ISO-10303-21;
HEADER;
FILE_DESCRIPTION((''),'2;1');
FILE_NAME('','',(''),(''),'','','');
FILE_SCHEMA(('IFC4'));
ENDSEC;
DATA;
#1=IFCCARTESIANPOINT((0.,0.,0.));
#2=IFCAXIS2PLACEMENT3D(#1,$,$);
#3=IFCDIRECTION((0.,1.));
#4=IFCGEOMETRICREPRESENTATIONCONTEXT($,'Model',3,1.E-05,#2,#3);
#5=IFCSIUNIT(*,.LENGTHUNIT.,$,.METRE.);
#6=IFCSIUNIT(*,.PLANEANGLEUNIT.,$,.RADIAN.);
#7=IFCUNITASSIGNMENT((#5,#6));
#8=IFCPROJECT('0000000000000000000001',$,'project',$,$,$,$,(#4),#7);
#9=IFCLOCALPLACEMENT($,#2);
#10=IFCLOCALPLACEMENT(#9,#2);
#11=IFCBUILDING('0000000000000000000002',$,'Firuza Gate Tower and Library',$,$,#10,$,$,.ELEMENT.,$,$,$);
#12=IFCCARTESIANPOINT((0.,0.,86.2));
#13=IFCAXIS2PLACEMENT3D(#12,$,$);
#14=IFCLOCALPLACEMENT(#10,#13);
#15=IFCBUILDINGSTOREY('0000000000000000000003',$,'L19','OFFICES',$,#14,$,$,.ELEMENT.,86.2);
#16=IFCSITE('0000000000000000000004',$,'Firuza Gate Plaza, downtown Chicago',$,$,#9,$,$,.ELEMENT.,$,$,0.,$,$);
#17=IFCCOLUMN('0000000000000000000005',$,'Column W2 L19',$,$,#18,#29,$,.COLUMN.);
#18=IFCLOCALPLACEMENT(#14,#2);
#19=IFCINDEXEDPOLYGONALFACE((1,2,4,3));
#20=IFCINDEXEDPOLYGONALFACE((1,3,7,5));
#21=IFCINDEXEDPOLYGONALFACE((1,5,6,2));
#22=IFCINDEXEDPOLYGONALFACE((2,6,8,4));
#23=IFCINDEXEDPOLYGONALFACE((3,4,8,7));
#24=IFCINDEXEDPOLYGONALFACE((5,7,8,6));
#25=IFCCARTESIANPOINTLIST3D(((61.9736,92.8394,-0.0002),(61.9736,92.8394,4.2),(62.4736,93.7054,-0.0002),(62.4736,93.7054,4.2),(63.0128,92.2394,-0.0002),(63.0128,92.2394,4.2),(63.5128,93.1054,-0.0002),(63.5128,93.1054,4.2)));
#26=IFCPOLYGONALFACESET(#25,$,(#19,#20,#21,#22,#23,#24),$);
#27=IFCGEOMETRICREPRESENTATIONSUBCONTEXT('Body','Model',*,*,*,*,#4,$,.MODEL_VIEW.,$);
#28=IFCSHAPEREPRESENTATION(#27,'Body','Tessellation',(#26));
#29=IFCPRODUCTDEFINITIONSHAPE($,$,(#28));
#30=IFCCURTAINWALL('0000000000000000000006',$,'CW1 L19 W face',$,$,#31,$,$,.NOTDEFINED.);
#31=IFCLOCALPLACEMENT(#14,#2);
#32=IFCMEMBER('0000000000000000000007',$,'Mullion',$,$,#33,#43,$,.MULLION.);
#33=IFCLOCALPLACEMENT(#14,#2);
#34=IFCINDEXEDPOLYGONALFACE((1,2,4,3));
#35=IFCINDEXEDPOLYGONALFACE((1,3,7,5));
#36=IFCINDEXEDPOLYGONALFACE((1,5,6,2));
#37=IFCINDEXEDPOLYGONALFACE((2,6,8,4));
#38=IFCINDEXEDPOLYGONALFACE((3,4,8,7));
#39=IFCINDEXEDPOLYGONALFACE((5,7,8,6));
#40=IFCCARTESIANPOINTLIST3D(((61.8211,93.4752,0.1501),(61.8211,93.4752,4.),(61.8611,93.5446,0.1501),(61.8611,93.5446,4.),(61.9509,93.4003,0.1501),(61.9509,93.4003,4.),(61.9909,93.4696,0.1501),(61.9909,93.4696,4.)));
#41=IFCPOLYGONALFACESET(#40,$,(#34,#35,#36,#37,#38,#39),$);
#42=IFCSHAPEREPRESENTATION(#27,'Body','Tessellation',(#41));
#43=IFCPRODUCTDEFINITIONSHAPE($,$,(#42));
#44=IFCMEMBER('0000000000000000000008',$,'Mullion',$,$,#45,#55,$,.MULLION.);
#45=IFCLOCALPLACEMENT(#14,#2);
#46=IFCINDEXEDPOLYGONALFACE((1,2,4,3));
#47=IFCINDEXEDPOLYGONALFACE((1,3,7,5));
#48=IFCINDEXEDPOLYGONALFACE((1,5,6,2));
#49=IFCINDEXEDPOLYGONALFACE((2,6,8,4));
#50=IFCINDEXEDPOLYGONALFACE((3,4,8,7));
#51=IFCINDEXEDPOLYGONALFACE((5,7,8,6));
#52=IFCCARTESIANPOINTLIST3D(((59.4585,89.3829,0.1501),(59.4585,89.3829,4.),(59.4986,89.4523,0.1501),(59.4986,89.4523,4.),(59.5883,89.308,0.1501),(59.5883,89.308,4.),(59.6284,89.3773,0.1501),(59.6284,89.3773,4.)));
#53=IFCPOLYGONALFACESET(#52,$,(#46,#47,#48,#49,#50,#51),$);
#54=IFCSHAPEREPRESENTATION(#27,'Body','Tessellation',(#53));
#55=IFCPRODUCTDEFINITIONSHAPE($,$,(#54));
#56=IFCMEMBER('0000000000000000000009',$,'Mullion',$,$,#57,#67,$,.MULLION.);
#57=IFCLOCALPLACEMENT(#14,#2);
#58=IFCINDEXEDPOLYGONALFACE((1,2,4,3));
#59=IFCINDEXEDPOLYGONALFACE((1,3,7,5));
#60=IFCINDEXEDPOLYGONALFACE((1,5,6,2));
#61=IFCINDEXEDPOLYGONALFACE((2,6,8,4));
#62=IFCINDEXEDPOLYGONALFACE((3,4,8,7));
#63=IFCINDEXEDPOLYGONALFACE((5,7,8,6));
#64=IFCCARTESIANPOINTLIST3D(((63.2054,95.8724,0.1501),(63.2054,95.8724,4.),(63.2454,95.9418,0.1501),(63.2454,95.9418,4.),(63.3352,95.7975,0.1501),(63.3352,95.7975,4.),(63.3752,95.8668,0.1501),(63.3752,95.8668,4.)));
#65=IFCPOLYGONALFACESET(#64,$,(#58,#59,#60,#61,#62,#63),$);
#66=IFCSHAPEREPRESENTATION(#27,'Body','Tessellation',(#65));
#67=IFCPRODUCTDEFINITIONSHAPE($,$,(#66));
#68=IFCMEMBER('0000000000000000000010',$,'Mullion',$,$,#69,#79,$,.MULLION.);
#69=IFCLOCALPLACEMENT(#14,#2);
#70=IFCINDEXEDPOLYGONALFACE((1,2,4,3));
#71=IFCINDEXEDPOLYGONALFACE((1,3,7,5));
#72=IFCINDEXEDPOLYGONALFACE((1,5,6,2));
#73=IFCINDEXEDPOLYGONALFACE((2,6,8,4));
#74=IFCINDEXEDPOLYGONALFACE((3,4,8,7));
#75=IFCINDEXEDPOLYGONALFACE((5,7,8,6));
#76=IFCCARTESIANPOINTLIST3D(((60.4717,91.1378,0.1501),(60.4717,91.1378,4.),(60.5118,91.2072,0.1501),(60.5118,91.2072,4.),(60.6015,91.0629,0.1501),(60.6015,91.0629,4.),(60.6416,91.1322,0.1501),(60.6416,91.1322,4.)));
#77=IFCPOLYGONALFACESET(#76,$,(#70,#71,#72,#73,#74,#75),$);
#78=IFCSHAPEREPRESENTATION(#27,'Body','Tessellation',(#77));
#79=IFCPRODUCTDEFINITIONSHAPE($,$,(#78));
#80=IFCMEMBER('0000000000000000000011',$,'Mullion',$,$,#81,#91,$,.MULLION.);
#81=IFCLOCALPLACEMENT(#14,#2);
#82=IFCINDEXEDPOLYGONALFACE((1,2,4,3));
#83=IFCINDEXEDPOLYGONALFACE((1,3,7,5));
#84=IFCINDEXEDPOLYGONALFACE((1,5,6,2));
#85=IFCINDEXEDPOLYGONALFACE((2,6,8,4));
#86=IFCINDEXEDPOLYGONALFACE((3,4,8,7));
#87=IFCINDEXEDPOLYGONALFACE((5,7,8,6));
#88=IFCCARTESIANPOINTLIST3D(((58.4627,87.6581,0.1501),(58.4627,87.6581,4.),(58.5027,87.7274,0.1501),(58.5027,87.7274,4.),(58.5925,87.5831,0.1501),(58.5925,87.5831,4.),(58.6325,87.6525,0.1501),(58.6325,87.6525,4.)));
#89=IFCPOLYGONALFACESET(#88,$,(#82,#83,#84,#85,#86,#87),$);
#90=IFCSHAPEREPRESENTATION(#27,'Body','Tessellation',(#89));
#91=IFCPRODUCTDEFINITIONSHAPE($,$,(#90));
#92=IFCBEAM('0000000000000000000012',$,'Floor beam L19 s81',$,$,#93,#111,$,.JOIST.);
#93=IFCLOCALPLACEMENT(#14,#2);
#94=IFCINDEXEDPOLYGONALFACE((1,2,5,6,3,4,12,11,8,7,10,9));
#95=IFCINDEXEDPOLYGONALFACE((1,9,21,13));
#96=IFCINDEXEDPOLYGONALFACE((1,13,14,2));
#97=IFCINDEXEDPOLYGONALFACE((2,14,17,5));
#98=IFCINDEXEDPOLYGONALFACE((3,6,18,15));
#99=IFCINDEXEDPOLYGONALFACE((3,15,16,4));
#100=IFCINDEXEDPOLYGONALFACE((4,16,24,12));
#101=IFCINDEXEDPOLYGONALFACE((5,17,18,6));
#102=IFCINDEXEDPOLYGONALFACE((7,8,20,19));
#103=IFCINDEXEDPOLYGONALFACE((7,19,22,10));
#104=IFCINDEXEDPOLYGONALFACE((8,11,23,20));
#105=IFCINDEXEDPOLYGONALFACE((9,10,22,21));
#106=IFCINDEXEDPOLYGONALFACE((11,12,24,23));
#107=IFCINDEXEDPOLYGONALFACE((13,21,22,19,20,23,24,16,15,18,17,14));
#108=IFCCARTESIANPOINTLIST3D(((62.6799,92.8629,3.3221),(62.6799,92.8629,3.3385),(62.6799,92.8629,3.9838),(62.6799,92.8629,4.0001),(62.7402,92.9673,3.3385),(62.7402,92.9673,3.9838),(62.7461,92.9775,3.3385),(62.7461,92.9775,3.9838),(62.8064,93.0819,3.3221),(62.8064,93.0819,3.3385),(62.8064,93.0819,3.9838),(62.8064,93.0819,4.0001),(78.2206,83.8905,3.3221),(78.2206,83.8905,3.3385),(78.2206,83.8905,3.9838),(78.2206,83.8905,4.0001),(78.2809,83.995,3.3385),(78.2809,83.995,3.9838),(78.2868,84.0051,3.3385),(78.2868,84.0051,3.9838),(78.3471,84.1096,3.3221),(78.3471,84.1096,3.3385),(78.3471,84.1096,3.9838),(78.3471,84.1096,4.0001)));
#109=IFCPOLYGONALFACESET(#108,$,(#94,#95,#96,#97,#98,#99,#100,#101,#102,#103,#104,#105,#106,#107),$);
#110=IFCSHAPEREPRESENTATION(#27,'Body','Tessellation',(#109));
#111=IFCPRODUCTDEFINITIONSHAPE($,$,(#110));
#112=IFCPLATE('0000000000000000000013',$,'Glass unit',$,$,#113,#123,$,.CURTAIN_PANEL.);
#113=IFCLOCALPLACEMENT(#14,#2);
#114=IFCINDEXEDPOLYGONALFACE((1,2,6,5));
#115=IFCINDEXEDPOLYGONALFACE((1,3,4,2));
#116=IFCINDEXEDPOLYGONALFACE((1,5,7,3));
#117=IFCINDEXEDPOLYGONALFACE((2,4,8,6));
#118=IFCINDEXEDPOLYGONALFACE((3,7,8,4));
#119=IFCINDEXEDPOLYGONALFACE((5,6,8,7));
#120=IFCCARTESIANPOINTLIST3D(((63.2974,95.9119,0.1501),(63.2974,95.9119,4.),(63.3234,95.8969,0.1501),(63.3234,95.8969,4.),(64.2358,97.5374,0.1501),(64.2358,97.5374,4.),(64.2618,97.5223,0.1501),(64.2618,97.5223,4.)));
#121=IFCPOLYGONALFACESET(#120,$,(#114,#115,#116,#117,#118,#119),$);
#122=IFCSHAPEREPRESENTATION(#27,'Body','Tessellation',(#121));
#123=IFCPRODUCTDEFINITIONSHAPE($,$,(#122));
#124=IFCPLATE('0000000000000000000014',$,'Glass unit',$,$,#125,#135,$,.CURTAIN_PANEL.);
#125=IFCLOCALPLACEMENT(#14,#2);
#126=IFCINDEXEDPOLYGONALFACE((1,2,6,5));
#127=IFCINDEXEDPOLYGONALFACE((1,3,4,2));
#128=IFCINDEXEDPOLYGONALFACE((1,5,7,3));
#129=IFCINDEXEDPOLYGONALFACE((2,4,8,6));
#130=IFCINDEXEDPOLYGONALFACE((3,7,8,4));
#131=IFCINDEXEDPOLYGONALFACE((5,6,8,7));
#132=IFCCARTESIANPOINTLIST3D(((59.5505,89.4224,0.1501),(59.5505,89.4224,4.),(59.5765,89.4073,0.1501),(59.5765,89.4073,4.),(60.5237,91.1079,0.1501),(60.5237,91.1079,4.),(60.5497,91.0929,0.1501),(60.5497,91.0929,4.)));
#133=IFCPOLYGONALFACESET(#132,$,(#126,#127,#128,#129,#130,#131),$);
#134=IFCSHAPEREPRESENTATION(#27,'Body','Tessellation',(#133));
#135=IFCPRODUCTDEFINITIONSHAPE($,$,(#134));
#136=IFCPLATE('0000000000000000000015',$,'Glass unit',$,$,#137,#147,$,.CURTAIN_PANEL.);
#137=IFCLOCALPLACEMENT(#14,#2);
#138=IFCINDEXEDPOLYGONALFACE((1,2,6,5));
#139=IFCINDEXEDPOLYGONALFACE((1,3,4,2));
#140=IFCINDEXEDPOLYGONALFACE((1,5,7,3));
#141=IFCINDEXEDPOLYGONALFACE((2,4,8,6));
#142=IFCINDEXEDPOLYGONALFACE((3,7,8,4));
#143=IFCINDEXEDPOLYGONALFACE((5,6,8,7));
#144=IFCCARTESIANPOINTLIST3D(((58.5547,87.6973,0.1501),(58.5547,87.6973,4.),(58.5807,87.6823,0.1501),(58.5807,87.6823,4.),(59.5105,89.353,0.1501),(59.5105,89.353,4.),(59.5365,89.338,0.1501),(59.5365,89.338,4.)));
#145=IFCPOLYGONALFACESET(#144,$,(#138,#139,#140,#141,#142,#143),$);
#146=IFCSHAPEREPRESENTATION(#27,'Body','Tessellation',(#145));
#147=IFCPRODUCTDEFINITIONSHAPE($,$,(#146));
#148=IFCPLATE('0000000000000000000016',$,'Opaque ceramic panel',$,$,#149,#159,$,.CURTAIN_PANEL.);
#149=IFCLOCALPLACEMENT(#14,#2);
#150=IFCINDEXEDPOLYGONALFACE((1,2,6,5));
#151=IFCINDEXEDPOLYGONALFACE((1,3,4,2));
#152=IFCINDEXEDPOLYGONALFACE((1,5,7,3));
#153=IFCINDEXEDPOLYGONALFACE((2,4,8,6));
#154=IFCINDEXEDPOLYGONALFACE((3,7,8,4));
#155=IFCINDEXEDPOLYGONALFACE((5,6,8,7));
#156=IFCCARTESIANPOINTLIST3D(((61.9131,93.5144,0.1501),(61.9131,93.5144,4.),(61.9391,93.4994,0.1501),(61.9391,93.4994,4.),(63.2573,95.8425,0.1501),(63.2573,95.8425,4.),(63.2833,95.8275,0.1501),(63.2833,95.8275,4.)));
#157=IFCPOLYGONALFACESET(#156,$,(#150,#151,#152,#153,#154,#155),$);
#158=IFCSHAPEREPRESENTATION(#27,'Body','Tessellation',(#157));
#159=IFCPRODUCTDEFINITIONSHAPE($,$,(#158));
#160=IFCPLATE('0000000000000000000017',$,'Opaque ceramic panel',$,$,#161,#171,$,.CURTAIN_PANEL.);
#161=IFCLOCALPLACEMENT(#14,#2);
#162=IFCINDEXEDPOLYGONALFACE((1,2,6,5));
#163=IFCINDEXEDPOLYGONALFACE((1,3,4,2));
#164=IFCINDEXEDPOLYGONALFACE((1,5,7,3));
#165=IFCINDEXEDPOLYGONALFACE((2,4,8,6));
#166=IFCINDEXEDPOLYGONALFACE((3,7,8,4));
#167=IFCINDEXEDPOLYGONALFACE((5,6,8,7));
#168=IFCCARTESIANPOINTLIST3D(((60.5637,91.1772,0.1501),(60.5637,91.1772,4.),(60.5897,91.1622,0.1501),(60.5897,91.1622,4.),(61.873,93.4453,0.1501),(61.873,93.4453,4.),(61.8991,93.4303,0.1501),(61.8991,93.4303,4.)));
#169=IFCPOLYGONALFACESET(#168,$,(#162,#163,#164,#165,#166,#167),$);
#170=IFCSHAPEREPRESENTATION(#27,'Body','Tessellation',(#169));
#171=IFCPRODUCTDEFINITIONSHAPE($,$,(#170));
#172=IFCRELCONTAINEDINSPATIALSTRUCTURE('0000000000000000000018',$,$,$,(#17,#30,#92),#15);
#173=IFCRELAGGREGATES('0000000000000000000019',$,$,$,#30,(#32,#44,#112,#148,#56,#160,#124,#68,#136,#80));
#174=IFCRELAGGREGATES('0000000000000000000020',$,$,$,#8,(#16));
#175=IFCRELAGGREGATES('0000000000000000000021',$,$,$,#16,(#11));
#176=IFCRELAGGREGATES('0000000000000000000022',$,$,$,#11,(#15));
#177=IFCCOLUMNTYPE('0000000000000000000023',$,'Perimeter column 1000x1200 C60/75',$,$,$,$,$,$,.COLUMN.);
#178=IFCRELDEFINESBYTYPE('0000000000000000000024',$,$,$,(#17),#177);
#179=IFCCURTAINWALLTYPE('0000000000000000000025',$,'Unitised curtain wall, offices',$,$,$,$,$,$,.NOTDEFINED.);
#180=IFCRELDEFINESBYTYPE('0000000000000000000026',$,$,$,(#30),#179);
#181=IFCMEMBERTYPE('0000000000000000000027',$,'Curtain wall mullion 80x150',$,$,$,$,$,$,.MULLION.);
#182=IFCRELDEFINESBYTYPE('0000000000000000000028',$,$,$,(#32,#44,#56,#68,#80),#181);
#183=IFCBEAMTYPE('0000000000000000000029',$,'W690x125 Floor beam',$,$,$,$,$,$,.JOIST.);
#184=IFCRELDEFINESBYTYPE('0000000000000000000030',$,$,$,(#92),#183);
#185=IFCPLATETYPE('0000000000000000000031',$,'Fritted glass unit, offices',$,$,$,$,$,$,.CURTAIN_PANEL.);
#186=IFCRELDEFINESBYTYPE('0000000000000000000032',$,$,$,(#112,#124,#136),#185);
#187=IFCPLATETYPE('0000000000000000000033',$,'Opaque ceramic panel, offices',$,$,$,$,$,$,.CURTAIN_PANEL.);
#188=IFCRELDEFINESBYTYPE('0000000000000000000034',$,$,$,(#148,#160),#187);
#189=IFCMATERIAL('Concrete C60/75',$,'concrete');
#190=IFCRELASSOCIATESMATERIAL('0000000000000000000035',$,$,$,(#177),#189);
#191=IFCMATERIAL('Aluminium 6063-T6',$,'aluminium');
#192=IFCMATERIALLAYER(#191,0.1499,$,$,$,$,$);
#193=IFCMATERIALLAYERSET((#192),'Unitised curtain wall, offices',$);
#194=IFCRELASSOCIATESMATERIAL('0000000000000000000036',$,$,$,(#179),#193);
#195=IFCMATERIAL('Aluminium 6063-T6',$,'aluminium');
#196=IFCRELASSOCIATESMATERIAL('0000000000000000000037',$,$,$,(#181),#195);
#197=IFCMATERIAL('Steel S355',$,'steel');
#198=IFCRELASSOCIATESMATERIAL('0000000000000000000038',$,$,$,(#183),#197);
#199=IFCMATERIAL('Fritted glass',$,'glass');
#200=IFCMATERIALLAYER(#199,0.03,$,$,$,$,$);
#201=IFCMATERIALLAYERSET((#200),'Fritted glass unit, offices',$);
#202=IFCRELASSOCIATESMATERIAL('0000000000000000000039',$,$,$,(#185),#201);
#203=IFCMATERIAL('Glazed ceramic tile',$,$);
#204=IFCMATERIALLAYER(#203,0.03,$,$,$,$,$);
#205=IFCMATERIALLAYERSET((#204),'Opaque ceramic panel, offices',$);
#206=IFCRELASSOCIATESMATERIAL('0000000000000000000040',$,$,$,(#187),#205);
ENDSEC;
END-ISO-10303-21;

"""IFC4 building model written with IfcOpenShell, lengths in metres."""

from ifc_helpers import new_model, si_unit, direction, frame, origin, origin_2d, place, context, subcontext, project, spatial, polyline, rectangle, i_section, outline, extrude, material, layer, layer_set, material_profile, profile_set, type_object, element, aggregate, save


model = new_model("IFC4")

# Units and contexts
model_context = context("Model", 3, precision=1e-05, world=origin(), true_north=direction((0.0, 1.0)))
body_context = subcontext(model_context, "Body", "Model", "MODEL_VIEW")
ifc_project = project(units=[si_unit("LENGTHUNIT", "METRE"), si_unit("PLANEANGLEUNIT", "RADIAN")], contexts=[model_context])

# Site, building, storey
site_placement = place(None, origin())
site = spatial("IfcSite", under=ifc_project, at=site_placement, Name="Firuza Gate Plaza, downtown Chicago", CompositionType="ELEMENT", RefElevation=0.0)
building_placement = place(site_placement, origin())
building = spatial("IfcBuilding", under=site, at=building_placement, Name="Firuza Gate Tower and Library", CompositionType="ELEMENT")
storey_placement = place(building_placement, frame((0.0, 0.0, 86.2)))
storey = spatial("IfcBuildingStorey", under=building, at=storey_placement, Name="L19", Description="OFFICES", CompositionType="ELEMENT", Elevation=86.2)

# Column
ifc_material_1 = material(Name="Concrete C60/75", Category="concrete")
ifc_material_profile_1 = material_profile(ifc_material_1, rectangle(XDim=1.0, YDim=1.2, at=origin_2d()))
ifc_profile_set_1 = profile_set([ifc_material_profile_1], Name="Concrete C60/75")
column_type = type_object("IfcColumnType", Name="Perimeter column 1000x1200 C60/75", PredefinedType="COLUMN", material=ifc_profile_set_1)
column_placement = place(storey_placement, frame((62.7432, 92.9724, -0.0002), z_axis=(0.0, 0.0, 1.0), x_axis=(-0.5, -0.866025, 0.0)))
element("IfcColumn", 1, at=column_placement, inside=storey, type_object=column_type, Name="Column W2 L19", PredefinedType="COLUMN", context=body_context, shape_type="SweptSolid", body=[
    extrude(rectangle(XDim=1.0, YDim=1.2, at=origin_2d()), origin(), (0.0, 0.0, 1.0), 4.2002),
])

# Curtain wall, members
ifc_material_2 = material(Name="Aluminium 6063-T6", Category="aluminium")
ifc_layer_1 = layer(ifc_material_2, 0.1499)
ifc_layer_set_1 = layer_set([ifc_layer_1], Name="Unitised curtain wall, offices")
curtain_wall_type = type_object("IfcCurtainWallType", Name="Unitised curtain wall, offices", PredefinedType="NOTDEFINED", material=ifc_layer_set_1)
placement = place(storey_placement, origin())
curtain_wall = element("IfcCurtainWall", 2, at=placement, inside=storey, type_object=curtain_wall_type, Name="CW1 L19 W face", PredefinedType="NOTDEFINED")
ifc_material_3 = material(Name="Aluminium 6063-T6", Category="aluminium")
ifc_material_profile_2 = material_profile(ifc_material_3, rectangle(XDim=0.1499, YDim=0.0801, at=origin_2d()))
ifc_profile_set_2 = profile_set([ifc_material_profile_2], Name="Aluminium 6063-T6")
member_type = type_object("IfcMemberType", Name="Curtain wall mullion 80x150", PredefinedType="MULLION", material=ifc_profile_set_2)
member_1_placement = place(storey_placement, frame((61.906, 93.4724, 0.1501), z_axis=(0.0, 0.0, 1.0), x_axis=(0.866025, -0.5, 0.0)))
member_1 = element("IfcMember", 3, at=member_1_placement, type_object=member_type, Name="Mullion", PredefinedType="MULLION", context=body_context, shape_type="SweptSolid", body=[
    extrude(rectangle(XDim=0.1499, YDim=0.0801, at=origin_2d()), origin(), (0.0, 0.0, 1.0), 3.8499),
])
member_2_placement = place(storey_placement, frame((59.5435, 89.3801, 0.1501), z_axis=(0.0, 0.0, 1.0), x_axis=(0.866025, -0.5, 0.0)))
member_2 = element("IfcMember", 4, at=member_2_placement, type_object=member_type, Name="Mullion", PredefinedType="MULLION", context=body_context, shape_type="SweptSolid", body=[
    extrude(rectangle(XDim=0.1499, YDim=0.0801, at=origin_2d()), origin(), (0.0, 0.0, 1.0), 3.8499),
])
member_3_placement = place(storey_placement, frame((63.2903, 95.8696, 0.1501), z_axis=(0.0, 0.0, 1.0), x_axis=(0.866025, -0.5, 0.0)))
member_3 = element("IfcMember", 5, at=member_3_placement, type_object=member_type, Name="Mullion", PredefinedType="MULLION", context=body_context, shape_type="SweptSolid", body=[
    extrude(rectangle(XDim=0.1499, YDim=0.0801, at=origin_2d()), origin(), (0.0, 0.0, 1.0), 3.8499),
])
member_4_placement = place(storey_placement, frame((60.5566, 91.135, 0.1501), z_axis=(0.0, 0.0, 1.0), x_axis=(0.866025, -0.5, 0.0)))
member_4 = element("IfcMember", 6, at=member_4_placement, type_object=member_type, Name="Mullion", PredefinedType="MULLION", context=body_context, shape_type="SweptSolid", body=[
    extrude(rectangle(XDim=0.1499, YDim=0.0801, at=origin_2d()), origin(), (0.0, 0.0, 1.0), 3.8499),
])
member_5_placement = place(storey_placement, frame((58.5476, 87.6553, 0.1501), z_axis=(0.0, 0.0, 1.0), x_axis=(0.866025, -0.5, 0.0)))
member_5 = element("IfcMember", 7, at=member_5_placement, type_object=member_type, Name="Mullion", PredefinedType="MULLION", context=body_context, shape_type="SweptSolid", body=[
    extrude(rectangle(XDim=0.1499, YDim=0.0801, at=origin_2d()), origin(), (0.0, 0.0, 1.0), 3.8499),
])

# Beam
ifc_material_4 = material(Name="Steel S355", Category="steel")
ifc_material_profile_3 = material_profile(ifc_material_4, i_section(OverallWidth=0.2529, OverallDepth=0.678, WebThickness=0.0117, FlangeThickness=0.0164, at=origin_2d()))
ifc_profile_set_3 = profile_set([ifc_material_profile_3], Name="Steel S355")
beam_type = type_object("IfcBeamType", Name="W690x125 Floor beam", PredefinedType="JOIST", material=ifc_profile_set_3)
beam_placement = place(storey_placement, frame((62.7432, 92.9724, 3.6611), z_axis=(0.866027, -0.499998, 0.0), x_axis=(0.499998, 0.866027, 0.0)))
element("IfcBeam", 8, at=beam_placement, inside=storey, type_object=beam_type, Name="Floor beam L19 s81", PredefinedType="JOIST", context=body_context, shape_type="SweptSolid", body=[
    extrude(i_section(OverallWidth=0.2529, OverallDepth=0.678, WebThickness=0.0117, FlangeThickness=0.0164, at=origin_2d()), origin(), (0.0, 0.0, 1.0), 17.9448),
])

# Plates
ifc_material_5 = material(Name="Fritted glass", Category="glass")
ifc_layer_2 = layer(ifc_material_5, 0.03)
ifc_layer_set_2 = layer_set([ifc_layer_2], Name="Fritted glass unit, offices")
plate_type_1 = type_object("IfcPlateType", Name="Fritted glass unit, offices", PredefinedType="CURTAIN_PANEL", material=ifc_layer_set_2)
plate_1_placement = place(storey_placement, frame((64.2358, 97.5374, 0.1501), z_axis=(-0.866025, 0.5, 0.0), x_axis=(-0.5, -0.866025, 0.0)))
plate_1 = element("IfcPlate", 9, at=plate_1_placement, type_object=plate_type_1, Name="Glass unit", PredefinedType="CURTAIN_PANEL", context=body_context, shape_type="SweptSolid", body=[
    extrude(outline(polyline([(0.0, 0.0), (1.877, 0.0), (1.877, 3.8499), (0.0, 3.8499), (0.0, 0.0)])), origin(), (0.0, 0.0, -1.0), 0.03),
])
plate_2_placement = place(storey_placement, frame((60.5237, 91.1079, 0.1501), z_axis=(-0.866027, 0.499998, 0.0), x_axis=(-0.499998, -0.866027, 0.0)))
plate_2 = element("IfcPlate", 10, at=plate_2_placement, type_object=plate_type_1, Name="Glass unit", PredefinedType="CURTAIN_PANEL", context=body_context, shape_type="SweptSolid", body=[
    extrude(outline(polyline([(0.0, 0.0), (1.9463, 0.0), (1.9463, 3.8499), (0.0, 3.8499), (0.0, 0.0)])), origin(), (0.0, 0.0, -1.0), 0.03),
])
plate_3_placement = place(storey_placement, frame((59.5105, 89.353, 0.1501), z_axis=(-0.866058, 0.499944, 0.0), x_axis=(-0.499944, -0.866058, 0.0)))
plate_3 = element("IfcPlate", 11, at=plate_3_placement, type_object=plate_type_1, Name="Glass unit", PredefinedType="CURTAIN_PANEL", context=body_context, shape_type="SweptSolid", body=[
    extrude(outline(polyline([(0.0, 0.0), (1.9118, 0.0), (1.9118, 3.8499), (0.0, 3.8499), (0.0, 0.0)])), origin(), (0.0, 0.0, -1.0), 0.03),
])
ifc_material_6 = material(Name="Glazed ceramic tile")
ifc_layer_3 = layer(ifc_material_6, 0.03)
ifc_layer_set_3 = layer_set([ifc_layer_3], Name="Opaque ceramic panel, offices")
plate_type_2 = type_object("IfcPlateType", Name="Opaque ceramic panel, offices", PredefinedType="CURTAIN_PANEL", material=ifc_layer_set_3)
plate_4_placement = place(storey_placement, frame((63.2573, 95.8425, 0.1501), z_axis=(-0.86601, 0.500026, 0.0), x_axis=(-0.500026, -0.86601, 0.0)))
plate_4 = element("IfcPlate", 12, at=plate_4_placement, type_object=plate_type_2, Name="Opaque ceramic panel", PredefinedType="CURTAIN_PANEL", context=body_context, shape_type="SweptSolid", body=[
    extrude(outline(polyline([(0.0, 0.0), (2.6883, 0.0), (2.6883, 3.8499), (0.0, 3.8499), (0.0, 0.0)])), origin(), (0.0, 0.0, -1.0), 0.03),
])
plate_5_placement = place(storey_placement, frame((61.873, 93.4453, 0.1501), z_axis=(-0.866049, 0.499959, 0.0), x_axis=(-0.499959, -0.866049, 0.0)))
plate_5 = element("IfcPlate", 13, at=plate_5_placement, type_object=plate_type_2, Name="Opaque ceramic panel", PredefinedType="CURTAIN_PANEL", context=body_context, shape_type="SweptSolid", body=[
    extrude(outline(polyline([(0.0, 0.0), (2.6189, 0.0), (2.6189, 3.8499), (0.0, 3.8499), (0.0, 0.0)])), origin(), (0.0, 0.0, -1.0), 0.03),
])
aggregate(curtain_wall, [member_1, member_2, plate_1, plate_4, member_3, plate_5, plate_2, member_4, plate_3, member_5])

save(model, "model.ifc")
